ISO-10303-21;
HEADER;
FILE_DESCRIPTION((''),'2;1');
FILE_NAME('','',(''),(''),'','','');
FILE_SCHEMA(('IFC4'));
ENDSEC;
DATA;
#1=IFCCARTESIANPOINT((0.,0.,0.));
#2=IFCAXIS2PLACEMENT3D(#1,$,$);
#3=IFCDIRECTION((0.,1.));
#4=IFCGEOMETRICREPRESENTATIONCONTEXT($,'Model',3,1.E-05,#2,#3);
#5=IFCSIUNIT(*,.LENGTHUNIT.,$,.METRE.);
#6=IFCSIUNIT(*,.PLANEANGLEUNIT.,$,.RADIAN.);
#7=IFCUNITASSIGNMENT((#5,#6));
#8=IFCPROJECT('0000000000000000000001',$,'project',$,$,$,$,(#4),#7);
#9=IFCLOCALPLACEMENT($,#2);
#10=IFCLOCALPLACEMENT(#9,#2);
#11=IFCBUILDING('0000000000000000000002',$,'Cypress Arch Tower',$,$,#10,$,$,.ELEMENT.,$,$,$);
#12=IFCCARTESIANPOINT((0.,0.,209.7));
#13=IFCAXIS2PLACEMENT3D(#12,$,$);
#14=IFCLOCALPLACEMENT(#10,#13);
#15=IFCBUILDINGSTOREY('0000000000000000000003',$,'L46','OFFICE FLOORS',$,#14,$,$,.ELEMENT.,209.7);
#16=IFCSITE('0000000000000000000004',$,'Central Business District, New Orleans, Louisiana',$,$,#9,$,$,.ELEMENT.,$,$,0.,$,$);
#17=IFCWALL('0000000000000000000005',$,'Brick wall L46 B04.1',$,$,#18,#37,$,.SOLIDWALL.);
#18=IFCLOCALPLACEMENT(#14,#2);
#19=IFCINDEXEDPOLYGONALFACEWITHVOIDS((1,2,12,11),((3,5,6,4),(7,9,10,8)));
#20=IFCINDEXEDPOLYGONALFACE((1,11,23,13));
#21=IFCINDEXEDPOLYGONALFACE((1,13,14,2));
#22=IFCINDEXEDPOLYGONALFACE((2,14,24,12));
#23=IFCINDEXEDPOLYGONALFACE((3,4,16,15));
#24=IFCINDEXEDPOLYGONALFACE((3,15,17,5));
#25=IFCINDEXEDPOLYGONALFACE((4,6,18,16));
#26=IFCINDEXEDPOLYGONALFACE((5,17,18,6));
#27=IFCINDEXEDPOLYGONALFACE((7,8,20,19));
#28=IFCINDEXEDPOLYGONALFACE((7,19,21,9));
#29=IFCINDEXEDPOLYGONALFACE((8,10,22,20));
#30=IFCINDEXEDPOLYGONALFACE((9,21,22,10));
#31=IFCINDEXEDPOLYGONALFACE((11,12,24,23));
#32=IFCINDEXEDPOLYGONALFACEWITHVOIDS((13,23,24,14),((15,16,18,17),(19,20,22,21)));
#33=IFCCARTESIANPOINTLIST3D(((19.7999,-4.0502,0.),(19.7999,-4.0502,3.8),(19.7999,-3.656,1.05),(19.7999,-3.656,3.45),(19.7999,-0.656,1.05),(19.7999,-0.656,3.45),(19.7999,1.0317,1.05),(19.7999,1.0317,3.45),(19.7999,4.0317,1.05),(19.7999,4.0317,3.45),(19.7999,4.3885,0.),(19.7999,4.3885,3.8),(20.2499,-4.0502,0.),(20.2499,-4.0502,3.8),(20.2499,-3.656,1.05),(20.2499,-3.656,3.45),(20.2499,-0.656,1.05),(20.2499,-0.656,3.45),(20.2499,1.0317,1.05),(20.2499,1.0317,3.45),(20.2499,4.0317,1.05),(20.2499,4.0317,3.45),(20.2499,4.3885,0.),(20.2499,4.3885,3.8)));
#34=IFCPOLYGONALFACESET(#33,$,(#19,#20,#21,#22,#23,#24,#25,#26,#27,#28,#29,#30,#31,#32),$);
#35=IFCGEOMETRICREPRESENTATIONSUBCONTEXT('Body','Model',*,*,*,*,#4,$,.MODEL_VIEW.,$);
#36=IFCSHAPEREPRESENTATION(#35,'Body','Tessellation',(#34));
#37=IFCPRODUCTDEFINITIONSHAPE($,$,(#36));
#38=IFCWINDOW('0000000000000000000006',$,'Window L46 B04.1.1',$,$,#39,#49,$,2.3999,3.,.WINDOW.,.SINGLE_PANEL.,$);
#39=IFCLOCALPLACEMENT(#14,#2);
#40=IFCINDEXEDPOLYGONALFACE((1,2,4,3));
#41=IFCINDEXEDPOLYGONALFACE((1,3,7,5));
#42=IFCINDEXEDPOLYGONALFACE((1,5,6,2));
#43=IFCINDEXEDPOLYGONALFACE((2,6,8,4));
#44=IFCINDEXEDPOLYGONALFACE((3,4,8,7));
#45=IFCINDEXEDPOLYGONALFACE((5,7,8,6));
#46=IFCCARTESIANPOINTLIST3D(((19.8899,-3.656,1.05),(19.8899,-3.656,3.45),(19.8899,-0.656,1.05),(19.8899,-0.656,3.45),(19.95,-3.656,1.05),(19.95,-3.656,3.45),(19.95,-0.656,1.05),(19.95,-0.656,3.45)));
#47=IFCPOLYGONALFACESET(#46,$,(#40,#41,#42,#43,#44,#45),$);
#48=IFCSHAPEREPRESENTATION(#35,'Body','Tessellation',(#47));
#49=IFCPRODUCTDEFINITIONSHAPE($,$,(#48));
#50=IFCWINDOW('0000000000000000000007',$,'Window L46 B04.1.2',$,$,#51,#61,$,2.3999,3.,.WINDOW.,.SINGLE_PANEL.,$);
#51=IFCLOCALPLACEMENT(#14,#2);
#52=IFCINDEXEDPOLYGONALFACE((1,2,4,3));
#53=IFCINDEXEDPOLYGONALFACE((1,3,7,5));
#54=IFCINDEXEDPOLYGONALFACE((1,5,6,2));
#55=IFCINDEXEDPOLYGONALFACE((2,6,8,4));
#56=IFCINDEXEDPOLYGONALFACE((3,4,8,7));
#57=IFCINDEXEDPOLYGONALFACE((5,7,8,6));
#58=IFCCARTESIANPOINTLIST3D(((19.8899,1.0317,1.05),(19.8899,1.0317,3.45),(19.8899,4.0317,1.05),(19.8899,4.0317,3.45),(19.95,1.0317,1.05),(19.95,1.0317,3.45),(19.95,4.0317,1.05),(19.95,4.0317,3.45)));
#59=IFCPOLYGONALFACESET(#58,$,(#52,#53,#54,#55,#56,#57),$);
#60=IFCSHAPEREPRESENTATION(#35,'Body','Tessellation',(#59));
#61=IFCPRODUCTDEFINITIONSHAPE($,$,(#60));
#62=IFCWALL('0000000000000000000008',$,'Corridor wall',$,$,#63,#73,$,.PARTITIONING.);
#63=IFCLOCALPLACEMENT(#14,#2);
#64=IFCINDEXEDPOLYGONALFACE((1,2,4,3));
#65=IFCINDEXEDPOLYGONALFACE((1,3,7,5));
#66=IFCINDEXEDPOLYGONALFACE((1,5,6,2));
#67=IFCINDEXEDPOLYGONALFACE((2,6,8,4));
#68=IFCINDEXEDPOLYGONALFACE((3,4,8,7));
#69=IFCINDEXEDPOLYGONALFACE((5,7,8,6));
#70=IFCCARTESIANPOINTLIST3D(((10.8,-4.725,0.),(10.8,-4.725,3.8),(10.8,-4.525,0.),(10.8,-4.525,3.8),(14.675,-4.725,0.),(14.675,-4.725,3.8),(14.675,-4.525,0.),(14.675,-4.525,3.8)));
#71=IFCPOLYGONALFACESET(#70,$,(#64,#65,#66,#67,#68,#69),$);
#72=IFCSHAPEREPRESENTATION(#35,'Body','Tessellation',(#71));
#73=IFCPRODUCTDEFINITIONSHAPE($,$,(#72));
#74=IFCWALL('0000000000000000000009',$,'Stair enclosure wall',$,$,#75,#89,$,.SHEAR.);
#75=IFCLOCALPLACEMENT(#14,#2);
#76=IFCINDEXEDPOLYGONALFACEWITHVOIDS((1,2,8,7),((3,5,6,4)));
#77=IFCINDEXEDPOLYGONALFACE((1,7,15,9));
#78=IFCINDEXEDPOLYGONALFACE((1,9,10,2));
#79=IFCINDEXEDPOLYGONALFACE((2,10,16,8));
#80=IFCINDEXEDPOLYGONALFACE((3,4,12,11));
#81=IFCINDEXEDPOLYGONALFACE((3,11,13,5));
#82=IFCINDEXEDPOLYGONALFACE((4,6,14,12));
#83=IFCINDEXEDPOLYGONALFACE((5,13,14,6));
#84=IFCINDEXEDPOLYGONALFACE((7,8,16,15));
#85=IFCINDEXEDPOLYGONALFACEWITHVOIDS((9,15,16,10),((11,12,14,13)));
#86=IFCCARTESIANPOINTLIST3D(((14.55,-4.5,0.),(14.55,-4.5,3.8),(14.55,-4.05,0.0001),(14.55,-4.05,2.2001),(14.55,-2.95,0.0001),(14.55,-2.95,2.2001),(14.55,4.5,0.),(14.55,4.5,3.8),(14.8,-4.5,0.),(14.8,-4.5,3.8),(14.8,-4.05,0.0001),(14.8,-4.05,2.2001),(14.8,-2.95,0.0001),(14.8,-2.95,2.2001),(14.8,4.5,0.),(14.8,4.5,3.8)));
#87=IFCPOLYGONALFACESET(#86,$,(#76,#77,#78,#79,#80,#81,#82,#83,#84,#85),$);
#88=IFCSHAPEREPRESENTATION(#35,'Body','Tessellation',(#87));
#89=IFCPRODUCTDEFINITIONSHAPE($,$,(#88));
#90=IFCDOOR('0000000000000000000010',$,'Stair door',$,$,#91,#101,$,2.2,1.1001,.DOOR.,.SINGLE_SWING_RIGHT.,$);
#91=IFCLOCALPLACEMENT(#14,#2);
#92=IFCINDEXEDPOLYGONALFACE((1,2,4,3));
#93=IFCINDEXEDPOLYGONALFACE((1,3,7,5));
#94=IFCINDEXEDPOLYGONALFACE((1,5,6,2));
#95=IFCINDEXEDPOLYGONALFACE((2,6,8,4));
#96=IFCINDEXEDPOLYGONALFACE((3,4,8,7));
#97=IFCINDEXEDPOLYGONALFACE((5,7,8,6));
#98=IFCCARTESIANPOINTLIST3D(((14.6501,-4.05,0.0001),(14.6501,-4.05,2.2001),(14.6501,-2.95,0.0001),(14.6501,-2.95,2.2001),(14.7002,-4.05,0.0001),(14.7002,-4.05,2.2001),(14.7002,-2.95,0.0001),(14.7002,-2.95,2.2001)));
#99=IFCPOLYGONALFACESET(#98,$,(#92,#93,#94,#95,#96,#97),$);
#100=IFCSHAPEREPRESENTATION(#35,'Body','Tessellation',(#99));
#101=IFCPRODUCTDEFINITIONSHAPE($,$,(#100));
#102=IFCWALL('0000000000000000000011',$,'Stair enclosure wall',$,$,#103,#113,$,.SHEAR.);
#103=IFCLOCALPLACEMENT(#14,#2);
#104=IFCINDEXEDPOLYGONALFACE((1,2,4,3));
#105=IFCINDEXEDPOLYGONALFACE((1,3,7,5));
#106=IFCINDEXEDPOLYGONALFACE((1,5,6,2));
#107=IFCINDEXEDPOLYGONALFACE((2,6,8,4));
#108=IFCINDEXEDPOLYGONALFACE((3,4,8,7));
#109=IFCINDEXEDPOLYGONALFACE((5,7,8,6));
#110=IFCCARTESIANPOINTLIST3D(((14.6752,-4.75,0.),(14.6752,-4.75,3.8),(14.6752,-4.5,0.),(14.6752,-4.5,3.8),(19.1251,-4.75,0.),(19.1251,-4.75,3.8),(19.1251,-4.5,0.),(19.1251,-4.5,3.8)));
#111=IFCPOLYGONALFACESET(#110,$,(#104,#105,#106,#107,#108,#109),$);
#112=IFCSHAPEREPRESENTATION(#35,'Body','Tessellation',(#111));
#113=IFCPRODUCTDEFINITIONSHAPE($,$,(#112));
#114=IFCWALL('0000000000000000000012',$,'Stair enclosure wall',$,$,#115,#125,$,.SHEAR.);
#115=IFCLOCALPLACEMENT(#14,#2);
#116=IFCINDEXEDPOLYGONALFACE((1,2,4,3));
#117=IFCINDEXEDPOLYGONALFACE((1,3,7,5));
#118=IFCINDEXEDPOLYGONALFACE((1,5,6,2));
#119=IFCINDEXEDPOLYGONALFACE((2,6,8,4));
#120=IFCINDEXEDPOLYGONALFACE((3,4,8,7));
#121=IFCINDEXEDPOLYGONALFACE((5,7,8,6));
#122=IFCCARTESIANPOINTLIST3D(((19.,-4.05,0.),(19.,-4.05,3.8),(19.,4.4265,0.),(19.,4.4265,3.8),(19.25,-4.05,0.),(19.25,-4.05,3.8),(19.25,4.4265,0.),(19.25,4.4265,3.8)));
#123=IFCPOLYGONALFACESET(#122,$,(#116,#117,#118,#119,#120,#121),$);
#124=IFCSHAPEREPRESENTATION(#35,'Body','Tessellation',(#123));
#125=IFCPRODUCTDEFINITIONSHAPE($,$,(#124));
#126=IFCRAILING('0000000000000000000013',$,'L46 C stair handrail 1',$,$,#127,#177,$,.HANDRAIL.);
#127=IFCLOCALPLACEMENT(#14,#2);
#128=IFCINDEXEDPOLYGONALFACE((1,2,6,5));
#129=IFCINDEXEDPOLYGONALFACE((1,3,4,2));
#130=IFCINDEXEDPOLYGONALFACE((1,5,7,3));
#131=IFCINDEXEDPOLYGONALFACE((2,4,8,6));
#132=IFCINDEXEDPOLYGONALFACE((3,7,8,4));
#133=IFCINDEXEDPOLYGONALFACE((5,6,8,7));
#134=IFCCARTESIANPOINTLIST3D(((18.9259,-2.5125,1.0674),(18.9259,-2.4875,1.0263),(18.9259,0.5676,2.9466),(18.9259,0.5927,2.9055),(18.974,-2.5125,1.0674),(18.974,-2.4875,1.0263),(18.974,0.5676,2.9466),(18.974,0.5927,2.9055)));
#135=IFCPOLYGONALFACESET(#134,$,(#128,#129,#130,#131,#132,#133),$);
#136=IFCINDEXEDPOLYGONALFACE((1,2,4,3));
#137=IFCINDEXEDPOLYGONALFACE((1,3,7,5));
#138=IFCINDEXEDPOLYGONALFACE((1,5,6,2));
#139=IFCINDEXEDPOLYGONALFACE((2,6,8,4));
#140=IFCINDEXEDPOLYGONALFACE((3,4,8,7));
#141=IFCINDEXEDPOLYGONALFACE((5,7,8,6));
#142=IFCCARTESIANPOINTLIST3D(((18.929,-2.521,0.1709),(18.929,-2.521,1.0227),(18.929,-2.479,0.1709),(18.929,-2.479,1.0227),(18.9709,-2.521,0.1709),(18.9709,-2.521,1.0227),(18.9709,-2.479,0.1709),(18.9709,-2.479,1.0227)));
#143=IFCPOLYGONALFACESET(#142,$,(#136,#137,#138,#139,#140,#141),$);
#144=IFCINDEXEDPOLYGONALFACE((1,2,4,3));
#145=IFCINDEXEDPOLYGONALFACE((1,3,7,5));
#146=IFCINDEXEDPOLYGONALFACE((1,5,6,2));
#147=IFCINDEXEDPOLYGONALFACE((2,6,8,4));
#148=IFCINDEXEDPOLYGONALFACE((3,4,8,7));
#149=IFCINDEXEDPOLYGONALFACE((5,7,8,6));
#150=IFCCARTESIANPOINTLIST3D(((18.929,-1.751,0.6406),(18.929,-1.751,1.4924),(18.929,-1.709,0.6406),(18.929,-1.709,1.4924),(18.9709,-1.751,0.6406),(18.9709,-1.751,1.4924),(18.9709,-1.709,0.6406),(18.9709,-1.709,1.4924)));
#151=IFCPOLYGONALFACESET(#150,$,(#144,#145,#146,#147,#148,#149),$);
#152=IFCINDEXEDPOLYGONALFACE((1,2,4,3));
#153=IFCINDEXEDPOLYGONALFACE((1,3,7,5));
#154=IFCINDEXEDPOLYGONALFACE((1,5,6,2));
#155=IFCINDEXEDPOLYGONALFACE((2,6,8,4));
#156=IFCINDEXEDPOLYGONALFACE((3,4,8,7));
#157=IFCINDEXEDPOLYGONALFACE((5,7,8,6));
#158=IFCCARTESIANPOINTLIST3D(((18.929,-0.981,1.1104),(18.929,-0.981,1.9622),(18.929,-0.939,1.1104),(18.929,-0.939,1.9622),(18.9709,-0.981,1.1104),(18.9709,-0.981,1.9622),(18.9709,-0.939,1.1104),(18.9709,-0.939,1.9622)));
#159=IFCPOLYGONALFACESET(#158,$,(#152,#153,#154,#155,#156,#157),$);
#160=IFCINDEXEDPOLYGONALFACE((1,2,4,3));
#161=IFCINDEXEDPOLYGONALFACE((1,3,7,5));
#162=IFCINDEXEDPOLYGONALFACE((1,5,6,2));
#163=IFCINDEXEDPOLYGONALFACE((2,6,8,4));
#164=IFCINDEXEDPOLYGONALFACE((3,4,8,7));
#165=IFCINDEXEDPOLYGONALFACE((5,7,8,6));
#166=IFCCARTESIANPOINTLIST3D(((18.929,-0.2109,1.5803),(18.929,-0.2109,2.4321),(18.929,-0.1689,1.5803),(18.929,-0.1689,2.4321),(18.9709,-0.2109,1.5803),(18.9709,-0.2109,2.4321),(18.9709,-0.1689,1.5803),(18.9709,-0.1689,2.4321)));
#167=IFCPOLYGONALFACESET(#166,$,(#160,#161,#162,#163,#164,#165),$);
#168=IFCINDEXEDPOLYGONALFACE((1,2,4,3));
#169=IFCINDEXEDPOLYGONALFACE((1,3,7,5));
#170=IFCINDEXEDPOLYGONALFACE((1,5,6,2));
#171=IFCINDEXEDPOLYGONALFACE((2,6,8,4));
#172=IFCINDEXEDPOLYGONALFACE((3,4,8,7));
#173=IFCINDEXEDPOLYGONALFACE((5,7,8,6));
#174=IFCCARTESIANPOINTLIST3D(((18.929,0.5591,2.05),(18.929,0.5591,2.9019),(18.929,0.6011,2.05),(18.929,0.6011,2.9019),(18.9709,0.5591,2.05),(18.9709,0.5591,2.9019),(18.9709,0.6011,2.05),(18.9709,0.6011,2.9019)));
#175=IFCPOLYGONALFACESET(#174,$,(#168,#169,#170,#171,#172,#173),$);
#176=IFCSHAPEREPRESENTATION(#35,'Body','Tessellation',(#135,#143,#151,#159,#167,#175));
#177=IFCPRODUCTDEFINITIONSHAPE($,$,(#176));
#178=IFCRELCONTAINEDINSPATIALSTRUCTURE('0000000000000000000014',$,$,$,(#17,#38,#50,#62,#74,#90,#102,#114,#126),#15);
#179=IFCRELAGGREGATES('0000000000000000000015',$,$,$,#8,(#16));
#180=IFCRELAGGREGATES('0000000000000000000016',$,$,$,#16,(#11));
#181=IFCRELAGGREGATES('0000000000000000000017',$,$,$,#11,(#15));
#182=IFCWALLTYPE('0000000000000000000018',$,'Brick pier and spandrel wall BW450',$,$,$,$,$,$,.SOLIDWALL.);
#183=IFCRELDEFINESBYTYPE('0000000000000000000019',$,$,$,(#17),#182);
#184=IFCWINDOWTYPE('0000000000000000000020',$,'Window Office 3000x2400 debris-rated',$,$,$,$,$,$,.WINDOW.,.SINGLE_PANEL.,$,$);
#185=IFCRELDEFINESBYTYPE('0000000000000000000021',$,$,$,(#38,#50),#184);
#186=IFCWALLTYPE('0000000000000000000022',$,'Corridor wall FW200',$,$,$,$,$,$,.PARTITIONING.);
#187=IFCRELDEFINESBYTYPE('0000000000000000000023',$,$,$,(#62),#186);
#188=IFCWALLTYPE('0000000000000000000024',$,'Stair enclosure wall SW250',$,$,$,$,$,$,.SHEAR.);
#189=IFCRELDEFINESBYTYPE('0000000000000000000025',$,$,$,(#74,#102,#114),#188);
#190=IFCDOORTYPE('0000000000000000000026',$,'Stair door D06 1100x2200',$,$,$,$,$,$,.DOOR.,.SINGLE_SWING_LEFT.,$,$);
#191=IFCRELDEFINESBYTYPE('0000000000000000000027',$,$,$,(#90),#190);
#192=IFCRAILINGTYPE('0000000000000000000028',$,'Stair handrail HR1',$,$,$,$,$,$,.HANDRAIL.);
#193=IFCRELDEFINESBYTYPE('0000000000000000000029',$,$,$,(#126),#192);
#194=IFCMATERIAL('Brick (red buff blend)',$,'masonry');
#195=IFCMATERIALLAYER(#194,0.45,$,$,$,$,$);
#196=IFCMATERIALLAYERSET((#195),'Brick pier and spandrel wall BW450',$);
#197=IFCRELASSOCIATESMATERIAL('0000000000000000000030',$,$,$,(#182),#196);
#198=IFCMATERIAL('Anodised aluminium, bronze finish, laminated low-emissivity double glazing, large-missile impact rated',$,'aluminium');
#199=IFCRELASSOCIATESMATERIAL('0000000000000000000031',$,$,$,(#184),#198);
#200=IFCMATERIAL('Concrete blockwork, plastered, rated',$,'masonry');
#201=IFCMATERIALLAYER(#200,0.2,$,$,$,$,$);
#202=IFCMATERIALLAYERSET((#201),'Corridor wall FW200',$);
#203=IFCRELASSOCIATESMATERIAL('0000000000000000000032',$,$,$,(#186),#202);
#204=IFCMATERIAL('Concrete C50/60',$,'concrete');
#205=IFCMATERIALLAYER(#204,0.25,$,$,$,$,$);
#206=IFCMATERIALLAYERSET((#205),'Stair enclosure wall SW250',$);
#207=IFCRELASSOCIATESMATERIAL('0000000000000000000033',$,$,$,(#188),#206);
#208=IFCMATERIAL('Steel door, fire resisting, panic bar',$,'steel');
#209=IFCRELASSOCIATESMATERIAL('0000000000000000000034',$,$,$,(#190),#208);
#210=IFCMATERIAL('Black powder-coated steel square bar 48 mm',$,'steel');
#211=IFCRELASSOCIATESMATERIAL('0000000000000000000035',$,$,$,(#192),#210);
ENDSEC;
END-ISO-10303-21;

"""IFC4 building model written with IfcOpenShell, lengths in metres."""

from ifc_helpers import new_model, si_unit, direction, frame, frame_2d, origin, origin_2d, place, context, subcontext, project, spatial, rectangle, extrude, material, layer, layer_set, type_object, element, fill, save


model = new_model("IFC4")

# Units and contexts
model_context = context("Model", 3, precision=1e-05, world=origin(), true_north=direction((0.0, 1.0)))
body_context = subcontext(model_context, "Body", "Model", "MODEL_VIEW")
ifc_project = project(units=[si_unit("LENGTHUNIT", "METRE"), si_unit("PLANEANGLEUNIT", "RADIAN")], contexts=[model_context])

# Site, building, storey
site_placement = place(None, origin())
site = spatial("IfcSite", under=ifc_project, at=site_placement, Name="Central Business District, New Orleans, Louisiana", CompositionType="ELEMENT", RefElevation=0.0)
building_placement = place(site_placement, origin())
building = spatial("IfcBuilding", under=site, at=building_placement, Name="Cypress Arch Tower", CompositionType="ELEMENT")
storey_placement = place(building_placement, frame((0.0, 0.0, 209.7)))
storey = spatial("IfcBuildingStorey", under=building, at=storey_placement, Name="L46", Description="OFFICE FLOORS", CompositionType="ELEMENT", Elevation=209.7)

# Wall, openings, windows
ifc_material_1 = material(Name="Brick (red buff blend)", Category="masonry")
ifc_layer_1 = layer(ifc_material_1, 0.45)
ifc_layer_set_1 = layer_set([ifc_layer_1], Name="Brick pier and spandrel wall BW450")
wall_type_1 = type_object("IfcWallType", Name="Brick pier and spandrel wall BW450", PredefinedType="SOLIDWALL", material=ifc_layer_set_1)
wall_1_placement = place(storey_placement, frame((20.0249, -4.05, 0.0), z_axis=(0.0, 0.0, 1.0), x_axis=(0.0, 1.0, 0.0)))
wall_1 = element("IfcWall", 1, at=wall_1_placement, inside=storey, type_object=wall_type_1, Name="Brick wall L46 B04.1", PredefinedType="SOLIDWALL", context=body_context, shape_type="SweptSolid", body=[
    extrude(rectangle(XDim=8.4387, YDim=0.45, at=frame_2d((4.2192, 0.0))), origin(), (0.0, 0.0, 1.0), 3.8),
])
opening_1_placement = place(wall_1_placement, frame((0.394, 0.0, 1.05)))
opening_1 = element("IfcOpeningElement", 2, at=opening_1_placement, cuts=wall_1, PredefinedType="OPENING", context=body_context, shape_type="SweptSolid", body=[
    extrude(rectangle(XDim=3.0, YDim=2.3999, at=frame_2d((1.5, 1.2))), frame((0.0, 0.2349, 0.0), z_axis=(0.0, -1.0, 0.0), x_axis=(1.0, 0.0, 0.0)), (0.0, 0.0, 1.0), 0.47),
])
opening_2_placement = place(wall_1_placement, frame((5.0818, 0.0, 1.05)))
opening_2 = element("IfcOpeningElement", 3, at=opening_2_placement, cuts=wall_1, PredefinedType="OPENING", context=body_context, shape_type="SweptSolid", body=[
    extrude(rectangle(XDim=3.0, YDim=2.3999, at=frame_2d((1.5, 1.2))), frame((0.0, 0.2349, 0.0), z_axis=(0.0, -1.0, 0.0), x_axis=(1.0, 0.0, 0.0)), (0.0, 0.0, 1.0), 0.47),
])
ifc_material_2 = material(Name="Anodised aluminium, bronze finish, laminated low-emissivity double glazing, large-missile impact rated", Category="aluminium")
window_type = type_object("IfcWindowType", Name="Window Office 3000x2400 debris-rated", PartitioningType="SINGLE_PANEL", PredefinedType="WINDOW", material=ifc_material_2)
window_1_placement = place(opening_1_placement, origin())
window_1 = element("IfcWindow", 4, at=window_1_placement, inside=storey, type_object=window_type, Name="Window L46 B04.1.1", OverallHeight=2.3999, OverallWidth=3.0, PartitioningType="SINGLE_PANEL", PredefinedType="WINDOW", context=body_context, shape_type="SweptSolid", body=[
    extrude(rectangle(XDim=3.0, YDim=2.3999, at=frame_2d((1.5, 1.2))), frame((0.0, 0.135, 0.0), z_axis=(0.0, -1.0, 0.0), x_axis=(1.0, 0.0, 0.0)), (0.0, 0.0, 1.0), 0.0601),
])
fill(opening_1, window_1)
window_2_placement = place(opening_2_placement, origin())
window_2 = element("IfcWindow", 5, at=window_2_placement, inside=storey, type_object=window_type, Name="Window L46 B04.1.2", OverallHeight=2.3999, OverallWidth=3.0, PartitioningType="SINGLE_PANEL", PredefinedType="WINDOW", context=body_context, shape_type="SweptSolid", body=[
    extrude(rectangle(XDim=3.0, YDim=2.3999, at=frame_2d((1.5, 1.2))), frame((0.0, 0.135, 0.0), z_axis=(0.0, -1.0, 0.0), x_axis=(1.0, 0.0, 0.0)), (0.0, 0.0, 1.0), 0.0601),
])
fill(opening_2, window_2)

# Wall
ifc_material_3 = material(Name="Concrete blockwork, plastered, rated", Category="masonry")
ifc_layer_2 = layer(ifc_material_3, 0.2)
ifc_layer_set_2 = layer_set([ifc_layer_2], Name="Corridor wall FW200")
wall_type_2 = type_object("IfcWallType", Name="Corridor wall FW200", PredefinedType="PARTITIONING", material=ifc_layer_set_2)
wall_2_placement = place(storey_placement, frame((10.8, -4.625, 0.0), z_axis=(0.0, 0.0, 1.0), x_axis=(1.0, 0.0, 0.0)))
element("IfcWall", 6, at=wall_2_placement, inside=storey, type_object=wall_type_2, Name="Corridor wall", PredefinedType="PARTITIONING", context=body_context, shape_type="SweptSolid", body=[
    extrude(rectangle(XDim=3.875, YDim=0.2, at=frame_2d((1.9375, 0.0))), origin(), (0.0, 0.0, 1.0), 3.8),
])

# Wall, opening, door
ifc_material_4 = material(Name="Concrete C50/60", Category="concrete")
ifc_layer_3 = layer(ifc_material_4, 0.25)
ifc_layer_set_3 = layer_set([ifc_layer_3], Name="Stair enclosure wall SW250")
wall_type_3 = type_object("IfcWallType", Name="Stair enclosure wall SW250", PredefinedType="SHEAR", material=ifc_layer_set_3)
wall_3_placement = place(storey_placement, frame((14.675, -4.5, 0.0), z_axis=(0.0, 0.0, 1.0), x_axis=(0.0, 1.0, 0.0)))
wall_3 = element("IfcWall", 7, at=wall_3_placement, inside=storey, type_object=wall_type_3, Name="Stair enclosure wall", PredefinedType="SHEAR", context=body_context, shape_type="SweptSolid", body=[
    extrude(rectangle(XDim=9.0, YDim=0.25, at=frame_2d((4.5, 0.0))), origin(), (0.0, 0.0, 1.0), 3.8),
])
opening_3_placement = place(wall_3_placement, frame((0.45, 0.0, 0.0)))
opening_3 = element("IfcOpeningElement", 8, at=opening_3_placement, cuts=wall_3, PredefinedType="OPENING", context=body_context, shape_type="SweptSolid", body=[
    extrude(rectangle(XDim=1.1001, YDim=2.2, at=frame_2d((0.55, 1.1001))), frame((0.0, 0.135, 0.0), z_axis=(0.0, -1.0, 0.0), x_axis=(1.0, 0.0, 0.0)), (0.0, 0.0, 1.0), 0.27),
])
ifc_material_5 = material(Name="Steel door, fire resisting, panic bar", Category="steel")
door_type = type_object("IfcDoorType", Name="Stair door D06 1100x2200", OperationType="SINGLE_SWING_LEFT", PredefinedType="DOOR", material=ifc_material_5)
door_placement = place(opening_3_placement, origin())
door = element("IfcDoor", 9, at=door_placement, inside=storey, type_object=door_type, Name="Stair door", OperationType="SINGLE_SWING_RIGHT", OverallHeight=2.2, OverallWidth=1.1001, PredefinedType="DOOR", context=body_context, shape_type="SweptSolid", body=[
    extrude(rectangle(XDim=1.1001, YDim=2.2, at=frame_2d((0.55, 1.1001))), frame((0.0, 0.0249, 0.0), z_axis=(0.0, -1.0, 0.0), x_axis=(1.0, 0.0, 0.0)), (0.0, 0.0, 1.0), 0.05),
])
fill(opening_3, door)

# Walls
wall_4_placement = place(storey_placement, frame((14.675, -4.625, 0.0), z_axis=(0.0, 0.0, 1.0), x_axis=(1.0, 0.0, 0.0)))
element("IfcWall", 10, at=wall_4_placement, inside=storey, type_object=wall_type_3, Name="Stair enclosure wall", PredefinedType="SHEAR", context=body_context, shape_type="SweptSolid", body=[
    extrude(rectangle(XDim=4.45, YDim=0.25, at=frame_2d((2.2251, 0.0))), origin(), (0.0, 0.0, 1.0), 3.8),
])
wall_5_placement = place(storey_placement, frame((19.125, -4.05, 0.0), z_axis=(0.0, 0.0, 1.0), x_axis=(0.0, 1.0, 0.0)))
element("IfcWall", 11, at=wall_5_placement, inside=storey, type_object=wall_type_3, Name="Stair enclosure wall", PredefinedType="SHEAR", context=body_context, shape_type="SweptSolid", body=[
    extrude(rectangle(XDim=8.4766, YDim=0.25, at=frame_2d((4.2383, 0.0))), origin(), (0.0, 0.0, 1.0), 3.8),
])

# Railing
ifc_material_6 = material(Name="Black powder-coated steel square bar 48 mm", Category="steel")
railing_type_1 = type_object("IfcRailingType", Name="Stair handrail HR1", PredefinedType="HANDRAIL", material=ifc_material_6)
railing_1_placement = place(storey_placement, frame((18.95, -2.5, 0.1709)))
element("IfcRailing", 12, at=railing_1_placement, inside=storey, type_object=railing_type_1, Name="L46 C stair handrail 1", PredefinedType="HANDRAIL", context=body_context, shape_type="SweptSolid", body=[
    extrude(rectangle(XDim=0.0481, YDim=0.0481, at=origin_2d()), frame((0.0, 0.0, 0.876), z_axis=(0.0, 0.853666, 0.52082), x_axis=(-1.0, 0.0, 0.0)), (0.0, 0.0, 1.0), 3.6082),
    extrude(rectangle(XDim=0.042, YDim=0.042, at=origin_2d()), origin(), (0.0, 0.0, 1.0), 0.8518),
    extrude(rectangle(XDim=0.042, YDim=0.042, at=origin_2d()), frame((0.0, 0.77, 0.4697)), (0.0, 0.0, 1.0), 0.8518),
    extrude(rectangle(XDim=0.042, YDim=0.042, at=origin_2d()), frame((0.0, 1.54, 0.9395)), (0.0, 0.0, 1.0), 0.8518),
    extrude(rectangle(XDim=0.042, YDim=0.042, at=origin_2d()), frame((0.0, 2.3101, 1.4094)), (0.0, 0.0, 1.0), 0.8518),
    extrude(rectangle(XDim=0.042, YDim=0.042, at=origin_2d()), frame((0.0, 3.0801, 1.8792)), (0.0, 0.0, 1.0), 0.8518),
])

save(model, "model.ifc")
